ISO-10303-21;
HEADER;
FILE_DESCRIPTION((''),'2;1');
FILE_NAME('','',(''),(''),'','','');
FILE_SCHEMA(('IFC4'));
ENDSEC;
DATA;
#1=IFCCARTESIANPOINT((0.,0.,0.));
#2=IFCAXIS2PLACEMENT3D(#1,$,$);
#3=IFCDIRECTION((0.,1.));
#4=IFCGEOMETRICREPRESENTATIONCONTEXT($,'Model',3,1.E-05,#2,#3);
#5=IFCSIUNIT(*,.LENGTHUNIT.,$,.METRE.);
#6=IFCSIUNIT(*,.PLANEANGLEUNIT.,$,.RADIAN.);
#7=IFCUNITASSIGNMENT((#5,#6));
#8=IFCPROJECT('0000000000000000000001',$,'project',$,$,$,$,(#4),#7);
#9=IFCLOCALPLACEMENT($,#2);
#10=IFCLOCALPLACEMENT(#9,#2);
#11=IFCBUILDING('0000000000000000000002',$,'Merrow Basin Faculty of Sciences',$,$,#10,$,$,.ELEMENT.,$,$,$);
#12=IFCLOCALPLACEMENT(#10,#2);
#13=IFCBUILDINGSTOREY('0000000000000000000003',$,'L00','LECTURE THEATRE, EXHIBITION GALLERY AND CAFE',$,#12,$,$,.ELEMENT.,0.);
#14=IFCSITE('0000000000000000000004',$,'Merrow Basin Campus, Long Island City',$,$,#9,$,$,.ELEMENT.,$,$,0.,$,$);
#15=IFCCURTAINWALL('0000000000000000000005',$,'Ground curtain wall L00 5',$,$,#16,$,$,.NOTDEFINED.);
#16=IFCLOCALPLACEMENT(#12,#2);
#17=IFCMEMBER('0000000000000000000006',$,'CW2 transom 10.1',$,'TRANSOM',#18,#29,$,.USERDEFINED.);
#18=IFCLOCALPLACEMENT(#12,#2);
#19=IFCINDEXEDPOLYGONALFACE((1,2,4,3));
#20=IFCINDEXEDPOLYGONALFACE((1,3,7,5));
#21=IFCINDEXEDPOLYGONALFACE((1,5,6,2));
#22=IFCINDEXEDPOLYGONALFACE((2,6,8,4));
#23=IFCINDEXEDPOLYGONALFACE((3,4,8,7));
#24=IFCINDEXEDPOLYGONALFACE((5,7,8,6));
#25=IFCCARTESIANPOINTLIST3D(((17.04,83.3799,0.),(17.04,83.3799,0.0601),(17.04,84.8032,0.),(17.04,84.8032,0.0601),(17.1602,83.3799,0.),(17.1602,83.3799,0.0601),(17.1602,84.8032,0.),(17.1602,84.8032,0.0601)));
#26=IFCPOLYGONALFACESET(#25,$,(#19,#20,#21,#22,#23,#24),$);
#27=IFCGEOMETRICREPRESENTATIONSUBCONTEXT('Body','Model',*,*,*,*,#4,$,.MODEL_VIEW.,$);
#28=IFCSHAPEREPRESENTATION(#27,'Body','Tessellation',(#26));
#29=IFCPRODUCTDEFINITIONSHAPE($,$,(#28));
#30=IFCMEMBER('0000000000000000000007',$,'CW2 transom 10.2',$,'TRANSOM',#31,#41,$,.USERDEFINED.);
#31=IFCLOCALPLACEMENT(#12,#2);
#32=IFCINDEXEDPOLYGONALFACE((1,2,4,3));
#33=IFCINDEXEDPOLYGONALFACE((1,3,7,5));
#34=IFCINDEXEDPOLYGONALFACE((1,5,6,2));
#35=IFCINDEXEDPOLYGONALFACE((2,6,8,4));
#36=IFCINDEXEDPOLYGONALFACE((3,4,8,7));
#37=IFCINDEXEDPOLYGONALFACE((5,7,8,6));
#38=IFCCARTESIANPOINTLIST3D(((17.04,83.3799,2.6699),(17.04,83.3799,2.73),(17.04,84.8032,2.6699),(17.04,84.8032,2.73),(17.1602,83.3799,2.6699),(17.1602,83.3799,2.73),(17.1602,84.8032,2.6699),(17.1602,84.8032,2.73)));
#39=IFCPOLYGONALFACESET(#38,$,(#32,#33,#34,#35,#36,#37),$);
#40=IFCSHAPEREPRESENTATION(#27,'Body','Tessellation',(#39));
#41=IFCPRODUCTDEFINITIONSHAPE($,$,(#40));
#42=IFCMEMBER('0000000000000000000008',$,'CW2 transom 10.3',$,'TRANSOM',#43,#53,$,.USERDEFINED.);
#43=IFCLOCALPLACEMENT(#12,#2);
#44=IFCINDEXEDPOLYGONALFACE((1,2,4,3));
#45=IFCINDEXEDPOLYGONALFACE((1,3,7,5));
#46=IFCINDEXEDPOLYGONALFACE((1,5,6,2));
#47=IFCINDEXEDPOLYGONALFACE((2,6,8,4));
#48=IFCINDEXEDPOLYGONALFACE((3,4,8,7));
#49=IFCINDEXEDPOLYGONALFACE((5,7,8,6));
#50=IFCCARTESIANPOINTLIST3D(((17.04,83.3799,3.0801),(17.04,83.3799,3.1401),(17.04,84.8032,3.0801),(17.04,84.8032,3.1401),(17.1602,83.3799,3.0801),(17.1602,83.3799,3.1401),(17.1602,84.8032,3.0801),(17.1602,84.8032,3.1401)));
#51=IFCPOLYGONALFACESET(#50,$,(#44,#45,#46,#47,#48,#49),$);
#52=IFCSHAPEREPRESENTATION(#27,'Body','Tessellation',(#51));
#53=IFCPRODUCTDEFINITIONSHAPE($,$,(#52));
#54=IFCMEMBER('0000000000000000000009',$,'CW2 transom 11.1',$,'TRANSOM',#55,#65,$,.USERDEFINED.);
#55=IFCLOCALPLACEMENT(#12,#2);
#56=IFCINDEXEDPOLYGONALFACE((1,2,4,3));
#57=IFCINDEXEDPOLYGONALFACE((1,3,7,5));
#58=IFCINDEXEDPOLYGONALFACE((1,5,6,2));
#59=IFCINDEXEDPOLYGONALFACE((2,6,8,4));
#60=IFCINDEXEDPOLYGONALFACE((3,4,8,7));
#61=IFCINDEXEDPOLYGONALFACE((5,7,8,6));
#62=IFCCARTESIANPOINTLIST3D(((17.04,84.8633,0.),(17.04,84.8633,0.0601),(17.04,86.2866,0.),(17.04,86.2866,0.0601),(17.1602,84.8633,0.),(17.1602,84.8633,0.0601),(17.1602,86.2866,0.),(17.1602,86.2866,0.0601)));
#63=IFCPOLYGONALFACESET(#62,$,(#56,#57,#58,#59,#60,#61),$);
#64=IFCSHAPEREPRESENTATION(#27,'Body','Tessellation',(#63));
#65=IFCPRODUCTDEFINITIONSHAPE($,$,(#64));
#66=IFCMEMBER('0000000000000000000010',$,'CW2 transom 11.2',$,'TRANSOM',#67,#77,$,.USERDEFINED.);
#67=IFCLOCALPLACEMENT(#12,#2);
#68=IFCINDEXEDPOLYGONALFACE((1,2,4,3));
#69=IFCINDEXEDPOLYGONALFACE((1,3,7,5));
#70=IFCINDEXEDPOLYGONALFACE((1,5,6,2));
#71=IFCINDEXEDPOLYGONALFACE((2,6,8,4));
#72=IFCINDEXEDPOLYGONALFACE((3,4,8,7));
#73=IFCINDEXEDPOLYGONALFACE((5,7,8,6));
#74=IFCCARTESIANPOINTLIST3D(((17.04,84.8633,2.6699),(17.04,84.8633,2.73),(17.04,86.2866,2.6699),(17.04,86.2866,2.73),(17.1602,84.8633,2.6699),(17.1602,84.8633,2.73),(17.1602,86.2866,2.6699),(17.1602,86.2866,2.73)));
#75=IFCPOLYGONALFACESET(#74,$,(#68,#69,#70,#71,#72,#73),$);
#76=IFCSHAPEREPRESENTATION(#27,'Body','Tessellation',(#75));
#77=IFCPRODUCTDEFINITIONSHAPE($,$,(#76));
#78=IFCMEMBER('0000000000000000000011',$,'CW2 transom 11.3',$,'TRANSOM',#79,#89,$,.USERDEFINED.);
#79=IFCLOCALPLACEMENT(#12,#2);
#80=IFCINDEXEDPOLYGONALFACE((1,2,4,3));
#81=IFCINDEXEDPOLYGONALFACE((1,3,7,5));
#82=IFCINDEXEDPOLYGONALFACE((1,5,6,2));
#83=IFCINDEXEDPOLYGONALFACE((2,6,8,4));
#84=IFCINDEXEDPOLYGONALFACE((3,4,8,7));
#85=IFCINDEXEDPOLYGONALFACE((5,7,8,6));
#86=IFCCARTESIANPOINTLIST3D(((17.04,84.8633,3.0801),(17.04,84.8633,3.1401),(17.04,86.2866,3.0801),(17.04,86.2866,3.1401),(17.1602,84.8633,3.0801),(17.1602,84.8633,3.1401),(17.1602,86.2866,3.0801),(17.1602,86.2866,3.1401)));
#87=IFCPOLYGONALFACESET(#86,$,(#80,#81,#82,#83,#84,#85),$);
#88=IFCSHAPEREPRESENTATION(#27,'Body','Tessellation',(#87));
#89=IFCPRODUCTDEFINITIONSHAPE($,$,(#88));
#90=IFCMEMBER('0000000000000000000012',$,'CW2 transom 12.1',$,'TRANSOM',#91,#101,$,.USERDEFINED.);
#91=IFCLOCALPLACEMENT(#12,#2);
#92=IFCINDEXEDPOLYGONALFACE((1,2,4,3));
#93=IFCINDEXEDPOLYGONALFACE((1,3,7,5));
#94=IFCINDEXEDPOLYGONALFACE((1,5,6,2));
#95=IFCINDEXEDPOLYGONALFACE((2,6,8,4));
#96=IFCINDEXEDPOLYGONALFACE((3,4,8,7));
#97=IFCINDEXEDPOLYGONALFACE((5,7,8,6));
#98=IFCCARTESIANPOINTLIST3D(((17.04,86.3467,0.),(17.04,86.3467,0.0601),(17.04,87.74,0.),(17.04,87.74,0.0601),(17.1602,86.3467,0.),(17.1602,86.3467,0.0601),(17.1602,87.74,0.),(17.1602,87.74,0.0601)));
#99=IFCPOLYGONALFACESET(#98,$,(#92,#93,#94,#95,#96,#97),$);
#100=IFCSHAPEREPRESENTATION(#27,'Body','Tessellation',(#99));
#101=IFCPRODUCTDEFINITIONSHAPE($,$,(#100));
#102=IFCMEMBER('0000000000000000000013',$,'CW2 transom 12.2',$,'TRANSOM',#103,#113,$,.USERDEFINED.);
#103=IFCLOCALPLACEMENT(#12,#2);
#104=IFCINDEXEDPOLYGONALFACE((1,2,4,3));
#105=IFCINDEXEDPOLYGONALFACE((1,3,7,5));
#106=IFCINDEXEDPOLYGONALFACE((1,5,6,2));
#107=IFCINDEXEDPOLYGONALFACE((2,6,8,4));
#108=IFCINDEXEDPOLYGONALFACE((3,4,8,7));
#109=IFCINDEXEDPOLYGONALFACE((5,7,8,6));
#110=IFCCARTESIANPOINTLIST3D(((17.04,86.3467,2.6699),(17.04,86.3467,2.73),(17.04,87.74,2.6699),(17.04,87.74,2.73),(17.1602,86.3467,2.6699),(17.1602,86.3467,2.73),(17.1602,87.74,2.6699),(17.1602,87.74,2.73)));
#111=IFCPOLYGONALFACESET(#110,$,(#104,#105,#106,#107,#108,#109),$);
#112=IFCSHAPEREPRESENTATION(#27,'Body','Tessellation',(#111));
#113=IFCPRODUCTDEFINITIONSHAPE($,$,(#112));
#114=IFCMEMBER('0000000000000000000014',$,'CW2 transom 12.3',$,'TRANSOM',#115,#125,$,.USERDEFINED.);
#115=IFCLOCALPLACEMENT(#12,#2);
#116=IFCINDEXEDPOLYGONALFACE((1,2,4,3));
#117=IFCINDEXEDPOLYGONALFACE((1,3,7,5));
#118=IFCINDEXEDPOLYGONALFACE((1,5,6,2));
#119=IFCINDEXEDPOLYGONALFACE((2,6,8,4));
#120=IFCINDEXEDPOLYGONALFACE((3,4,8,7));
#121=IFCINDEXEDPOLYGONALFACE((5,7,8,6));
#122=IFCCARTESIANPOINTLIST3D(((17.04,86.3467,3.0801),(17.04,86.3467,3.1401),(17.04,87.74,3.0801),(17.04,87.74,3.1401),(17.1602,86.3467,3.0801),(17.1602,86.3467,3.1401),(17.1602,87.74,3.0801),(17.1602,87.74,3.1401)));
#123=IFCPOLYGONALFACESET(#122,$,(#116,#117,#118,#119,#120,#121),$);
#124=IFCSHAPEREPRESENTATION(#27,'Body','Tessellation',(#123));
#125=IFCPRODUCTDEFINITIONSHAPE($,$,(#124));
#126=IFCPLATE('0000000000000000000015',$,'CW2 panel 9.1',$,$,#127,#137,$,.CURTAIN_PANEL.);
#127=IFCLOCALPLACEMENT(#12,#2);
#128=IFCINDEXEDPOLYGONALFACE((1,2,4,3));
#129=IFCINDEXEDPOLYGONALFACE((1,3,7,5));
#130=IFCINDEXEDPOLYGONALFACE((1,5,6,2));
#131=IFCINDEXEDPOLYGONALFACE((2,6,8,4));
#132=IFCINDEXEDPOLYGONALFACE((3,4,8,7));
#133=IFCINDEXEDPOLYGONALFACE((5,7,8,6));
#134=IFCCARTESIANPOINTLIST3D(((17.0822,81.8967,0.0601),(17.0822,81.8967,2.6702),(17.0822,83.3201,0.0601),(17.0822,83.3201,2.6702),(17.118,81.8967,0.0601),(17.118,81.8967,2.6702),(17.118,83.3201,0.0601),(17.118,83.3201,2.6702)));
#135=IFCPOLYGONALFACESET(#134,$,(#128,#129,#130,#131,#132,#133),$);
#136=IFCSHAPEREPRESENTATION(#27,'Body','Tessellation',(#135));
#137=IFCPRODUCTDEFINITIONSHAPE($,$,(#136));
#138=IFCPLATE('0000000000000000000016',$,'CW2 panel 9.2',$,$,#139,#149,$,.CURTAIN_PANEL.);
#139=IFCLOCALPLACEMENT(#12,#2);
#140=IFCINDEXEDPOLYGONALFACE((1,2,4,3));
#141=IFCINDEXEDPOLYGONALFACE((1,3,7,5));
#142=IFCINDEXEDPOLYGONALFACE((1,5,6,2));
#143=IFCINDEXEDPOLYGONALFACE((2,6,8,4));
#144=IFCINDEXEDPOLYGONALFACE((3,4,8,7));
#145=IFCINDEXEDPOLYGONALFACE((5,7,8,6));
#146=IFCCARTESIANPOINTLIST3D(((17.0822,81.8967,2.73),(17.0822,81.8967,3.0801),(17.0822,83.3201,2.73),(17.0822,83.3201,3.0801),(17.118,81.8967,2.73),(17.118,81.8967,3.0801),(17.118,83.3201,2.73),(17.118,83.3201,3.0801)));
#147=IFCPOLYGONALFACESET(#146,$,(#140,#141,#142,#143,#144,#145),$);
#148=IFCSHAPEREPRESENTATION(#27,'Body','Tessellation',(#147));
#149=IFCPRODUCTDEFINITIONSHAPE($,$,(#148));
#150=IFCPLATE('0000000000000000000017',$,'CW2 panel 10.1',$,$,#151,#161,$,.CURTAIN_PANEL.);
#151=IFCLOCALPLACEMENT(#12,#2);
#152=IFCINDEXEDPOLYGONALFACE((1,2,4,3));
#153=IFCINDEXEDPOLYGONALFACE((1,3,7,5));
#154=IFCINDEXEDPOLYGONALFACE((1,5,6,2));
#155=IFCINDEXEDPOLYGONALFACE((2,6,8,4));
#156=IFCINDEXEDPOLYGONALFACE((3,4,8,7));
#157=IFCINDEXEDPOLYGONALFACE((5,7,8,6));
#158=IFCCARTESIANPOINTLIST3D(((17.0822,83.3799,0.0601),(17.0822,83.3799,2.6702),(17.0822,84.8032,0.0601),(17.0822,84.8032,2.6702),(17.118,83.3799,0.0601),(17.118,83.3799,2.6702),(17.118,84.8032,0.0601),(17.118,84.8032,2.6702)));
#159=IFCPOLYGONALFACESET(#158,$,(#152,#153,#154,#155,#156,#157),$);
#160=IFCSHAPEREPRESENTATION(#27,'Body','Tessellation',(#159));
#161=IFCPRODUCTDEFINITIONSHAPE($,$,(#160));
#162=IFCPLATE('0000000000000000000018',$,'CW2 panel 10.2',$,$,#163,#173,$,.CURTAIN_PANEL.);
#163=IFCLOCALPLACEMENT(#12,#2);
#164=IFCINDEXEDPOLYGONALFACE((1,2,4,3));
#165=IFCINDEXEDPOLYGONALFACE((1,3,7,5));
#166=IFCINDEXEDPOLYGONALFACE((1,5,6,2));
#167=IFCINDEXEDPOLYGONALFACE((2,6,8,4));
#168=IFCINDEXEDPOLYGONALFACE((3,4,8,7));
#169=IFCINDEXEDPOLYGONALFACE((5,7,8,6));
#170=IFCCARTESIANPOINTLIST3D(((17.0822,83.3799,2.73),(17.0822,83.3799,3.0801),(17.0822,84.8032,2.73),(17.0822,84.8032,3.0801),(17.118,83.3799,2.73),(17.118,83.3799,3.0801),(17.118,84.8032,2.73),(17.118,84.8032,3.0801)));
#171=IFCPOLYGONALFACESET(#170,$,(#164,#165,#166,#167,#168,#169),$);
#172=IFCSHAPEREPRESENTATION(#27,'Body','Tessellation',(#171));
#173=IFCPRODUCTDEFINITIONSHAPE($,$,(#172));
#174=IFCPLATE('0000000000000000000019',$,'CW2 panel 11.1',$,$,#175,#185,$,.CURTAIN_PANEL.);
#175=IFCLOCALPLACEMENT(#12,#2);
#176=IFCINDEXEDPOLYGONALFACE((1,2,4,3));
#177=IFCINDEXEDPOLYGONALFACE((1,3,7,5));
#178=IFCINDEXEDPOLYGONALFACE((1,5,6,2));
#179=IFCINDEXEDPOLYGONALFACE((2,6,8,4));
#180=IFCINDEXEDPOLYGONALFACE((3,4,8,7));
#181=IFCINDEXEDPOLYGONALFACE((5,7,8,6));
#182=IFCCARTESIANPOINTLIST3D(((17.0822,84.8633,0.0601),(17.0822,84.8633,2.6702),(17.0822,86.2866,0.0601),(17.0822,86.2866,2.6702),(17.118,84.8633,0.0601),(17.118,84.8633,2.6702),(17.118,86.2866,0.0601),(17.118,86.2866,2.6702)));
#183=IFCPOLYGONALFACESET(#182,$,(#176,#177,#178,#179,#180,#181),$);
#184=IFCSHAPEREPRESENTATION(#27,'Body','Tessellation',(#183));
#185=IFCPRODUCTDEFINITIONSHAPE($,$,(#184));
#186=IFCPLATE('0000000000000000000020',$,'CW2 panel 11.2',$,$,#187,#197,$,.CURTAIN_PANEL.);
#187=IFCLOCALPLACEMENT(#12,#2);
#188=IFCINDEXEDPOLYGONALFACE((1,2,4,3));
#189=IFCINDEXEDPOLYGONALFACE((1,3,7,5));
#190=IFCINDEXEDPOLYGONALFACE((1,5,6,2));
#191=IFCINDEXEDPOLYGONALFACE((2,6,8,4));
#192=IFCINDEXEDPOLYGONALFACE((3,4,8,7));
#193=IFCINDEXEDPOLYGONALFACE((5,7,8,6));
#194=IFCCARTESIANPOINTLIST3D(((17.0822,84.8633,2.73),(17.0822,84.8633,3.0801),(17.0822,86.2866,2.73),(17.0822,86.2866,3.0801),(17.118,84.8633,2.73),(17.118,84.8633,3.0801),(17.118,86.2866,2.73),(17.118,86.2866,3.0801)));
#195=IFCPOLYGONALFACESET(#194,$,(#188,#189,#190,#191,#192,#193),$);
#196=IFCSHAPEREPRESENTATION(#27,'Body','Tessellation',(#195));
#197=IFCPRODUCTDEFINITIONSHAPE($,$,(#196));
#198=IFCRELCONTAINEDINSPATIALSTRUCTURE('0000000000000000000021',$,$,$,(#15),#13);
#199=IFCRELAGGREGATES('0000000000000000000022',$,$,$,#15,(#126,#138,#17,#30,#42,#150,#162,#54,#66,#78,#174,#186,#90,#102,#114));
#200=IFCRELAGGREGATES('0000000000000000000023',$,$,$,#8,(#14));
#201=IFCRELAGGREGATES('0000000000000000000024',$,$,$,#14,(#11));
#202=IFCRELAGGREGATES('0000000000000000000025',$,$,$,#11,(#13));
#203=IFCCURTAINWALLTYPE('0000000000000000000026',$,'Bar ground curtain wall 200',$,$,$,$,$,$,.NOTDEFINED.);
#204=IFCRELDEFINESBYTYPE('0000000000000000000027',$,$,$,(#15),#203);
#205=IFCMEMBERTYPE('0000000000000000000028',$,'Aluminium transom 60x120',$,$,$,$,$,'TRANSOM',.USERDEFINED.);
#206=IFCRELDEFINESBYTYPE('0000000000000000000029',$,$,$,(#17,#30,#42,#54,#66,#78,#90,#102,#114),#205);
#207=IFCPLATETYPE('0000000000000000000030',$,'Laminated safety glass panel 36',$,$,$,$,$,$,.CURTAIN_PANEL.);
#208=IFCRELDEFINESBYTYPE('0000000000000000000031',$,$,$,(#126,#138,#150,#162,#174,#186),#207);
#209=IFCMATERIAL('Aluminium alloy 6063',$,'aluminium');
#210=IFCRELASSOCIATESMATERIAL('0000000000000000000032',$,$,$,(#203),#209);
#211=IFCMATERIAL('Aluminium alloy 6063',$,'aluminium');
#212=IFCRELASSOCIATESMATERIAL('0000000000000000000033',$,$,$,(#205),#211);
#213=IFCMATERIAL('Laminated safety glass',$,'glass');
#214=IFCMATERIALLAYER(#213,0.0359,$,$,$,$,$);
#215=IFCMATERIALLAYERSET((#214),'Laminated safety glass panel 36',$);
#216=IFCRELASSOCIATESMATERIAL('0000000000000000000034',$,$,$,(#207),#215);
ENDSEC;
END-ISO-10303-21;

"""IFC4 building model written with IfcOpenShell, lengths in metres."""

from ifc_helpers import new_model, si_unit, direction, frame, origin, origin_2d, place, context, subcontext, project, spatial, rectangle, extrude, material, layer, layer_set, material_profile, profile_set, type_object, element, aggregate, save


model = new_model("IFC4")

# Units and contexts
model_context = context("Model", 3, precision=1e-05, world=origin(), true_north=direction((0.0, 1.0)))
body_context = subcontext(model_context, "Body", "Model", "MODEL_VIEW")
ifc_project = project(units=[si_unit("LENGTHUNIT", "METRE"), si_unit("PLANEANGLEUNIT", "RADIAN")], contexts=[model_context])

# Site, building, storey
site_placement = place(None, origin())
site = spatial("IfcSite", under=ifc_project, at=site_placement, Name="Merrow Basin Campus, Long Island City", CompositionType="ELEMENT", RefElevation=0.0)
building_placement = place(site_placement, origin())
building = spatial("IfcBuilding", under=site, at=building_placement, Name="Merrow Basin Faculty of Sciences", CompositionType="ELEMENT")
storey_placement = place(building_placement, origin())
storey = spatial("IfcBuildingStorey", under=building, at=storey_placement, Name="L00", Description="LECTURE THEATRE, EXHIBITION GALLERY AND CAFE", CompositionType="ELEMENT", Elevation=0.0)

# Curtain wall, members, plates
ifc_material_1 = material(Name="Aluminium alloy 6063", Category="aluminium")
curtain_wall_type = type_object("IfcCurtainWallType", Name="Bar ground curtain wall 200", PredefinedType="NOTDEFINED", material=ifc_material_1)
curtain_wall_placement = place(storey_placement, origin())
curtain_wall = element("IfcCurtainWall", 1, at=curtain_wall_placement, inside=storey, type_object=curtain_wall_type, Name="Ground curtain wall L00 5", PredefinedType="NOTDEFINED")
ifc_material_2 = material(Name="Aluminium alloy 6063", Category="aluminium")
ifc_material_profile_1 = material_profile(ifc_material_2, rectangle(XDim=0.1201, YDim=0.0601, at=origin_2d()))
ifc_profile_set_1 = profile_set([ifc_material_profile_1], Name="Aluminium alloy 6063")
member_type_1 = type_object("IfcMemberType", Name="Aluminium transom 60x120", ElementType="TRANSOM", PredefinedType="USERDEFINED", material=ifc_profile_set_1)
member_1_placement = place(storey_placement, frame((17.1001, 83.3799, 0.03), z_axis=(0.0, 1.0, 0.0), x_axis=(-1.0, 0.0, 0.0)))
member_1 = element("IfcMember", 2, at=member_1_placement, type_object=member_type_1, Name="CW2 transom 10.1", ObjectType="TRANSOM", PredefinedType="USERDEFINED", context=body_context, shape_type="SweptSolid", body=[
    extrude(rectangle(XDim=0.1201, YDim=0.0601, at=origin_2d()), origin(), (0.0, 0.0, 1.0), 1.4233),
])
member_2_placement = place(storey_placement, frame((17.1001, 83.3799, 2.7), z_axis=(0.0, 1.0, 0.0), x_axis=(-1.0, 0.0, 0.0)))
member_2 = element("IfcMember", 3, at=member_2_placement, type_object=member_type_1, Name="CW2 transom 10.2", ObjectType="TRANSOM", PredefinedType="USERDEFINED", context=body_context, shape_type="SweptSolid", body=[
    extrude(rectangle(XDim=0.1201, YDim=0.0601, at=origin_2d()), origin(), (0.0, 0.0, 1.0), 1.4233),
])
member_3_placement = place(storey_placement, frame((17.1001, 83.3799, 3.1101), z_axis=(0.0, 1.0, 0.0), x_axis=(-1.0, 0.0, 0.0)))
member_3 = element("IfcMember", 4, at=member_3_placement, type_object=member_type_1, Name="CW2 transom 10.3", ObjectType="TRANSOM", PredefinedType="USERDEFINED", context=body_context, shape_type="SweptSolid", body=[
    extrude(rectangle(XDim=0.1201, YDim=0.0601, at=origin_2d()), origin(), (0.0, 0.0, 1.0), 1.4233),
])
member_4_placement = place(storey_placement, frame((17.1001, 84.8633, 0.03), z_axis=(0.0, 1.0, 0.0), x_axis=(-1.0, 0.0, 0.0)))
member_4 = element("IfcMember", 5, at=member_4_placement, type_object=member_type_1, Name="CW2 transom 11.1", ObjectType="TRANSOM", PredefinedType="USERDEFINED", context=body_context, shape_type="SweptSolid", body=[
    extrude(rectangle(XDim=0.1201, YDim=0.0601, at=origin_2d()), origin(), (0.0, 0.0, 1.0), 1.4233),
])
member_5_placement = place(storey_placement, frame((17.1001, 84.8633, 2.7), z_axis=(0.0, 1.0, 0.0), x_axis=(-1.0, 0.0, 0.0)))
member_5 = element("IfcMember", 6, at=member_5_placement, type_object=member_type_1, Name="CW2 transom 11.2", ObjectType="TRANSOM", PredefinedType="USERDEFINED", context=body_context, shape_type="SweptSolid", body=[
    extrude(rectangle(XDim=0.1201, YDim=0.0601, at=origin_2d()), origin(), (0.0, 0.0, 1.0), 1.4233),
])
member_6_placement = place(storey_placement, frame((17.1001, 84.8633, 3.1101), z_axis=(0.0, 1.0, 0.0), x_axis=(-1.0, 0.0, 0.0)))
member_6 = element("IfcMember", 7, at=member_6_placement, type_object=member_type_1, Name="CW2 transom 11.3", ObjectType="TRANSOM", PredefinedType="USERDEFINED", context=body_context, shape_type="SweptSolid", body=[
    extrude(rectangle(XDim=0.1201, YDim=0.0601, at=origin_2d()), origin(), (0.0, 0.0, 1.0), 1.4233),
])
member_7_placement = place(storey_placement, frame((17.1001, 86.3467, 0.03), z_axis=(0.0, 1.0, 0.0), x_axis=(-1.0, 0.0, 0.0)))
member_7 = element("IfcMember", 8, at=member_7_placement, type_object=member_type_1, Name="CW2 transom 12.1", ObjectType="TRANSOM", PredefinedType="USERDEFINED", context=body_context, shape_type="SweptSolid", body=[
    extrude(rectangle(XDim=0.1201, YDim=0.0601, at=origin_2d()), origin(), (0.0, 0.0, 1.0), 1.3933),
])
member_8_placement = place(storey_placement, frame((17.1001, 86.3467, 2.7), z_axis=(0.0, 1.0, 0.0), x_axis=(-1.0, 0.0, 0.0)))
member_8 = element("IfcMember", 9, at=member_8_placement, type_object=member_type_1, Name="CW2 transom 12.2", ObjectType="TRANSOM", PredefinedType="USERDEFINED", context=body_context, shape_type="SweptSolid", body=[
    extrude(rectangle(XDim=0.1201, YDim=0.0601, at=origin_2d()), origin(), (0.0, 0.0, 1.0), 1.3933),
])
member_9_placement = place(storey_placement, frame((17.1001, 86.3467, 3.1101), z_axis=(0.0, 1.0, 0.0), x_axis=(-1.0, 0.0, 0.0)))
member_9 = element("IfcMember", 10, at=member_9_placement, type_object=member_type_1, Name="CW2 transom 12.3", ObjectType="TRANSOM", PredefinedType="USERDEFINED", context=body_context, shape_type="SweptSolid", body=[
    extrude(rectangle(XDim=0.1201, YDim=0.0601, at=origin_2d()), origin(), (0.0, 0.0, 1.0), 1.3933),
])
ifc_material_3 = material(Name="Laminated safety glass", Category="glass")
ifc_layer_1 = layer(ifc_material_3, 0.0359)
ifc_layer_set_1 = layer_set([ifc_layer_1], Name="Laminated safety glass panel 36")
plate_type = type_object("IfcPlateType", Name="Laminated safety glass panel 36", PredefinedType="CURTAIN_PANEL", material=ifc_layer_set_1)
plate_1_placement = place(storey_placement, frame((17.1001, 82.6084, 0.0601), z_axis=(0.0, 0.0, 1.0), x_axis=(0.0, 1.0, 0.0)))
plate_1 = element("IfcPlate", 11, at=plate_1_placement, type_object=plate_type, Name="CW2 panel 9.1", PredefinedType="CURTAIN_PANEL", context=body_context, shape_type="SweptSolid", body=[
    extrude(rectangle(XDim=1.4233, YDim=0.0359, at=origin_2d()), origin(), (0.0, 0.0, 1.0), 2.6101),
])
plate_2_placement = place(storey_placement, frame((17.1001, 82.6084, 2.73), z_axis=(0.0, 0.0, 1.0), x_axis=(0.0, 1.0, 0.0)))
plate_2 = element("IfcPlate", 12, at=plate_2_placement, type_object=plate_type, Name="CW2 panel 9.2", PredefinedType="CURTAIN_PANEL", context=body_context, shape_type="SweptSolid", body=[
    extrude(rectangle(XDim=1.4233, YDim=0.0359, at=origin_2d()), origin(), (0.0, 0.0, 1.0), 0.3501),
])
plate_3_placement = place(storey_placement, frame((17.1001, 84.0916, 0.0601), z_axis=(0.0, 0.0, 1.0), x_axis=(0.0, 1.0, 0.0)))
plate_3 = element("IfcPlate", 13, at=plate_3_placement, type_object=plate_type, Name="CW2 panel 10.1", PredefinedType="CURTAIN_PANEL", context=body_context, shape_type="SweptSolid", body=[
    extrude(rectangle(XDim=1.4233, YDim=0.0359, at=origin_2d()), origin(), (0.0, 0.0, 1.0), 2.6101),
])
plate_4_placement = place(storey_placement, frame((17.1001, 84.0916, 2.73), z_axis=(0.0, 0.0, 1.0), x_axis=(0.0, 1.0, 0.0)))
plate_4 = element("IfcPlate", 14, at=plate_4_placement, type_object=plate_type, Name="CW2 panel 10.2", PredefinedType="CURTAIN_PANEL", context=body_context, shape_type="SweptSolid", body=[
    extrude(rectangle(XDim=1.4233, YDim=0.0359, at=origin_2d()), origin(), (0.0, 0.0, 1.0), 0.3501),
])
plate_5_placement = place(storey_placement, frame((17.1001, 85.575, 0.0601), z_axis=(0.0, 0.0, 1.0), x_axis=(0.0, 1.0, 0.0)))
plate_5 = element("IfcPlate", 15, at=plate_5_placement, type_object=plate_type, Name="CW2 panel 11.1", PredefinedType="CURTAIN_PANEL", context=body_context, shape_type="SweptSolid", body=[
    extrude(rectangle(XDim=1.4233, YDim=0.0359, at=origin_2d()), origin(), (0.0, 0.0, 1.0), 2.6101),
])
plate_6_placement = place(storey_placement, frame((17.1001, 85.575, 2.73), z_axis=(0.0, 0.0, 1.0), x_axis=(0.0, 1.0, 0.0)))
plate_6 = element("IfcPlate", 16, at=plate_6_placement, type_object=plate_type, Name="CW2 panel 11.2", PredefinedType="CURTAIN_PANEL", context=body_context, shape_type="SweptSolid", body=[
    extrude(rectangle(XDim=1.4233, YDim=0.0359, at=origin_2d()), origin(), (0.0, 0.0, 1.0), 0.3501),
])
aggregate(curtain_wall, [plate_1, plate_2, member_1, member_2, member_3, plate_3, plate_4, member_4, member_5, member_6, plate_5, plate_6, member_7, member_8, member_9])

save(model, "model.ifc")
